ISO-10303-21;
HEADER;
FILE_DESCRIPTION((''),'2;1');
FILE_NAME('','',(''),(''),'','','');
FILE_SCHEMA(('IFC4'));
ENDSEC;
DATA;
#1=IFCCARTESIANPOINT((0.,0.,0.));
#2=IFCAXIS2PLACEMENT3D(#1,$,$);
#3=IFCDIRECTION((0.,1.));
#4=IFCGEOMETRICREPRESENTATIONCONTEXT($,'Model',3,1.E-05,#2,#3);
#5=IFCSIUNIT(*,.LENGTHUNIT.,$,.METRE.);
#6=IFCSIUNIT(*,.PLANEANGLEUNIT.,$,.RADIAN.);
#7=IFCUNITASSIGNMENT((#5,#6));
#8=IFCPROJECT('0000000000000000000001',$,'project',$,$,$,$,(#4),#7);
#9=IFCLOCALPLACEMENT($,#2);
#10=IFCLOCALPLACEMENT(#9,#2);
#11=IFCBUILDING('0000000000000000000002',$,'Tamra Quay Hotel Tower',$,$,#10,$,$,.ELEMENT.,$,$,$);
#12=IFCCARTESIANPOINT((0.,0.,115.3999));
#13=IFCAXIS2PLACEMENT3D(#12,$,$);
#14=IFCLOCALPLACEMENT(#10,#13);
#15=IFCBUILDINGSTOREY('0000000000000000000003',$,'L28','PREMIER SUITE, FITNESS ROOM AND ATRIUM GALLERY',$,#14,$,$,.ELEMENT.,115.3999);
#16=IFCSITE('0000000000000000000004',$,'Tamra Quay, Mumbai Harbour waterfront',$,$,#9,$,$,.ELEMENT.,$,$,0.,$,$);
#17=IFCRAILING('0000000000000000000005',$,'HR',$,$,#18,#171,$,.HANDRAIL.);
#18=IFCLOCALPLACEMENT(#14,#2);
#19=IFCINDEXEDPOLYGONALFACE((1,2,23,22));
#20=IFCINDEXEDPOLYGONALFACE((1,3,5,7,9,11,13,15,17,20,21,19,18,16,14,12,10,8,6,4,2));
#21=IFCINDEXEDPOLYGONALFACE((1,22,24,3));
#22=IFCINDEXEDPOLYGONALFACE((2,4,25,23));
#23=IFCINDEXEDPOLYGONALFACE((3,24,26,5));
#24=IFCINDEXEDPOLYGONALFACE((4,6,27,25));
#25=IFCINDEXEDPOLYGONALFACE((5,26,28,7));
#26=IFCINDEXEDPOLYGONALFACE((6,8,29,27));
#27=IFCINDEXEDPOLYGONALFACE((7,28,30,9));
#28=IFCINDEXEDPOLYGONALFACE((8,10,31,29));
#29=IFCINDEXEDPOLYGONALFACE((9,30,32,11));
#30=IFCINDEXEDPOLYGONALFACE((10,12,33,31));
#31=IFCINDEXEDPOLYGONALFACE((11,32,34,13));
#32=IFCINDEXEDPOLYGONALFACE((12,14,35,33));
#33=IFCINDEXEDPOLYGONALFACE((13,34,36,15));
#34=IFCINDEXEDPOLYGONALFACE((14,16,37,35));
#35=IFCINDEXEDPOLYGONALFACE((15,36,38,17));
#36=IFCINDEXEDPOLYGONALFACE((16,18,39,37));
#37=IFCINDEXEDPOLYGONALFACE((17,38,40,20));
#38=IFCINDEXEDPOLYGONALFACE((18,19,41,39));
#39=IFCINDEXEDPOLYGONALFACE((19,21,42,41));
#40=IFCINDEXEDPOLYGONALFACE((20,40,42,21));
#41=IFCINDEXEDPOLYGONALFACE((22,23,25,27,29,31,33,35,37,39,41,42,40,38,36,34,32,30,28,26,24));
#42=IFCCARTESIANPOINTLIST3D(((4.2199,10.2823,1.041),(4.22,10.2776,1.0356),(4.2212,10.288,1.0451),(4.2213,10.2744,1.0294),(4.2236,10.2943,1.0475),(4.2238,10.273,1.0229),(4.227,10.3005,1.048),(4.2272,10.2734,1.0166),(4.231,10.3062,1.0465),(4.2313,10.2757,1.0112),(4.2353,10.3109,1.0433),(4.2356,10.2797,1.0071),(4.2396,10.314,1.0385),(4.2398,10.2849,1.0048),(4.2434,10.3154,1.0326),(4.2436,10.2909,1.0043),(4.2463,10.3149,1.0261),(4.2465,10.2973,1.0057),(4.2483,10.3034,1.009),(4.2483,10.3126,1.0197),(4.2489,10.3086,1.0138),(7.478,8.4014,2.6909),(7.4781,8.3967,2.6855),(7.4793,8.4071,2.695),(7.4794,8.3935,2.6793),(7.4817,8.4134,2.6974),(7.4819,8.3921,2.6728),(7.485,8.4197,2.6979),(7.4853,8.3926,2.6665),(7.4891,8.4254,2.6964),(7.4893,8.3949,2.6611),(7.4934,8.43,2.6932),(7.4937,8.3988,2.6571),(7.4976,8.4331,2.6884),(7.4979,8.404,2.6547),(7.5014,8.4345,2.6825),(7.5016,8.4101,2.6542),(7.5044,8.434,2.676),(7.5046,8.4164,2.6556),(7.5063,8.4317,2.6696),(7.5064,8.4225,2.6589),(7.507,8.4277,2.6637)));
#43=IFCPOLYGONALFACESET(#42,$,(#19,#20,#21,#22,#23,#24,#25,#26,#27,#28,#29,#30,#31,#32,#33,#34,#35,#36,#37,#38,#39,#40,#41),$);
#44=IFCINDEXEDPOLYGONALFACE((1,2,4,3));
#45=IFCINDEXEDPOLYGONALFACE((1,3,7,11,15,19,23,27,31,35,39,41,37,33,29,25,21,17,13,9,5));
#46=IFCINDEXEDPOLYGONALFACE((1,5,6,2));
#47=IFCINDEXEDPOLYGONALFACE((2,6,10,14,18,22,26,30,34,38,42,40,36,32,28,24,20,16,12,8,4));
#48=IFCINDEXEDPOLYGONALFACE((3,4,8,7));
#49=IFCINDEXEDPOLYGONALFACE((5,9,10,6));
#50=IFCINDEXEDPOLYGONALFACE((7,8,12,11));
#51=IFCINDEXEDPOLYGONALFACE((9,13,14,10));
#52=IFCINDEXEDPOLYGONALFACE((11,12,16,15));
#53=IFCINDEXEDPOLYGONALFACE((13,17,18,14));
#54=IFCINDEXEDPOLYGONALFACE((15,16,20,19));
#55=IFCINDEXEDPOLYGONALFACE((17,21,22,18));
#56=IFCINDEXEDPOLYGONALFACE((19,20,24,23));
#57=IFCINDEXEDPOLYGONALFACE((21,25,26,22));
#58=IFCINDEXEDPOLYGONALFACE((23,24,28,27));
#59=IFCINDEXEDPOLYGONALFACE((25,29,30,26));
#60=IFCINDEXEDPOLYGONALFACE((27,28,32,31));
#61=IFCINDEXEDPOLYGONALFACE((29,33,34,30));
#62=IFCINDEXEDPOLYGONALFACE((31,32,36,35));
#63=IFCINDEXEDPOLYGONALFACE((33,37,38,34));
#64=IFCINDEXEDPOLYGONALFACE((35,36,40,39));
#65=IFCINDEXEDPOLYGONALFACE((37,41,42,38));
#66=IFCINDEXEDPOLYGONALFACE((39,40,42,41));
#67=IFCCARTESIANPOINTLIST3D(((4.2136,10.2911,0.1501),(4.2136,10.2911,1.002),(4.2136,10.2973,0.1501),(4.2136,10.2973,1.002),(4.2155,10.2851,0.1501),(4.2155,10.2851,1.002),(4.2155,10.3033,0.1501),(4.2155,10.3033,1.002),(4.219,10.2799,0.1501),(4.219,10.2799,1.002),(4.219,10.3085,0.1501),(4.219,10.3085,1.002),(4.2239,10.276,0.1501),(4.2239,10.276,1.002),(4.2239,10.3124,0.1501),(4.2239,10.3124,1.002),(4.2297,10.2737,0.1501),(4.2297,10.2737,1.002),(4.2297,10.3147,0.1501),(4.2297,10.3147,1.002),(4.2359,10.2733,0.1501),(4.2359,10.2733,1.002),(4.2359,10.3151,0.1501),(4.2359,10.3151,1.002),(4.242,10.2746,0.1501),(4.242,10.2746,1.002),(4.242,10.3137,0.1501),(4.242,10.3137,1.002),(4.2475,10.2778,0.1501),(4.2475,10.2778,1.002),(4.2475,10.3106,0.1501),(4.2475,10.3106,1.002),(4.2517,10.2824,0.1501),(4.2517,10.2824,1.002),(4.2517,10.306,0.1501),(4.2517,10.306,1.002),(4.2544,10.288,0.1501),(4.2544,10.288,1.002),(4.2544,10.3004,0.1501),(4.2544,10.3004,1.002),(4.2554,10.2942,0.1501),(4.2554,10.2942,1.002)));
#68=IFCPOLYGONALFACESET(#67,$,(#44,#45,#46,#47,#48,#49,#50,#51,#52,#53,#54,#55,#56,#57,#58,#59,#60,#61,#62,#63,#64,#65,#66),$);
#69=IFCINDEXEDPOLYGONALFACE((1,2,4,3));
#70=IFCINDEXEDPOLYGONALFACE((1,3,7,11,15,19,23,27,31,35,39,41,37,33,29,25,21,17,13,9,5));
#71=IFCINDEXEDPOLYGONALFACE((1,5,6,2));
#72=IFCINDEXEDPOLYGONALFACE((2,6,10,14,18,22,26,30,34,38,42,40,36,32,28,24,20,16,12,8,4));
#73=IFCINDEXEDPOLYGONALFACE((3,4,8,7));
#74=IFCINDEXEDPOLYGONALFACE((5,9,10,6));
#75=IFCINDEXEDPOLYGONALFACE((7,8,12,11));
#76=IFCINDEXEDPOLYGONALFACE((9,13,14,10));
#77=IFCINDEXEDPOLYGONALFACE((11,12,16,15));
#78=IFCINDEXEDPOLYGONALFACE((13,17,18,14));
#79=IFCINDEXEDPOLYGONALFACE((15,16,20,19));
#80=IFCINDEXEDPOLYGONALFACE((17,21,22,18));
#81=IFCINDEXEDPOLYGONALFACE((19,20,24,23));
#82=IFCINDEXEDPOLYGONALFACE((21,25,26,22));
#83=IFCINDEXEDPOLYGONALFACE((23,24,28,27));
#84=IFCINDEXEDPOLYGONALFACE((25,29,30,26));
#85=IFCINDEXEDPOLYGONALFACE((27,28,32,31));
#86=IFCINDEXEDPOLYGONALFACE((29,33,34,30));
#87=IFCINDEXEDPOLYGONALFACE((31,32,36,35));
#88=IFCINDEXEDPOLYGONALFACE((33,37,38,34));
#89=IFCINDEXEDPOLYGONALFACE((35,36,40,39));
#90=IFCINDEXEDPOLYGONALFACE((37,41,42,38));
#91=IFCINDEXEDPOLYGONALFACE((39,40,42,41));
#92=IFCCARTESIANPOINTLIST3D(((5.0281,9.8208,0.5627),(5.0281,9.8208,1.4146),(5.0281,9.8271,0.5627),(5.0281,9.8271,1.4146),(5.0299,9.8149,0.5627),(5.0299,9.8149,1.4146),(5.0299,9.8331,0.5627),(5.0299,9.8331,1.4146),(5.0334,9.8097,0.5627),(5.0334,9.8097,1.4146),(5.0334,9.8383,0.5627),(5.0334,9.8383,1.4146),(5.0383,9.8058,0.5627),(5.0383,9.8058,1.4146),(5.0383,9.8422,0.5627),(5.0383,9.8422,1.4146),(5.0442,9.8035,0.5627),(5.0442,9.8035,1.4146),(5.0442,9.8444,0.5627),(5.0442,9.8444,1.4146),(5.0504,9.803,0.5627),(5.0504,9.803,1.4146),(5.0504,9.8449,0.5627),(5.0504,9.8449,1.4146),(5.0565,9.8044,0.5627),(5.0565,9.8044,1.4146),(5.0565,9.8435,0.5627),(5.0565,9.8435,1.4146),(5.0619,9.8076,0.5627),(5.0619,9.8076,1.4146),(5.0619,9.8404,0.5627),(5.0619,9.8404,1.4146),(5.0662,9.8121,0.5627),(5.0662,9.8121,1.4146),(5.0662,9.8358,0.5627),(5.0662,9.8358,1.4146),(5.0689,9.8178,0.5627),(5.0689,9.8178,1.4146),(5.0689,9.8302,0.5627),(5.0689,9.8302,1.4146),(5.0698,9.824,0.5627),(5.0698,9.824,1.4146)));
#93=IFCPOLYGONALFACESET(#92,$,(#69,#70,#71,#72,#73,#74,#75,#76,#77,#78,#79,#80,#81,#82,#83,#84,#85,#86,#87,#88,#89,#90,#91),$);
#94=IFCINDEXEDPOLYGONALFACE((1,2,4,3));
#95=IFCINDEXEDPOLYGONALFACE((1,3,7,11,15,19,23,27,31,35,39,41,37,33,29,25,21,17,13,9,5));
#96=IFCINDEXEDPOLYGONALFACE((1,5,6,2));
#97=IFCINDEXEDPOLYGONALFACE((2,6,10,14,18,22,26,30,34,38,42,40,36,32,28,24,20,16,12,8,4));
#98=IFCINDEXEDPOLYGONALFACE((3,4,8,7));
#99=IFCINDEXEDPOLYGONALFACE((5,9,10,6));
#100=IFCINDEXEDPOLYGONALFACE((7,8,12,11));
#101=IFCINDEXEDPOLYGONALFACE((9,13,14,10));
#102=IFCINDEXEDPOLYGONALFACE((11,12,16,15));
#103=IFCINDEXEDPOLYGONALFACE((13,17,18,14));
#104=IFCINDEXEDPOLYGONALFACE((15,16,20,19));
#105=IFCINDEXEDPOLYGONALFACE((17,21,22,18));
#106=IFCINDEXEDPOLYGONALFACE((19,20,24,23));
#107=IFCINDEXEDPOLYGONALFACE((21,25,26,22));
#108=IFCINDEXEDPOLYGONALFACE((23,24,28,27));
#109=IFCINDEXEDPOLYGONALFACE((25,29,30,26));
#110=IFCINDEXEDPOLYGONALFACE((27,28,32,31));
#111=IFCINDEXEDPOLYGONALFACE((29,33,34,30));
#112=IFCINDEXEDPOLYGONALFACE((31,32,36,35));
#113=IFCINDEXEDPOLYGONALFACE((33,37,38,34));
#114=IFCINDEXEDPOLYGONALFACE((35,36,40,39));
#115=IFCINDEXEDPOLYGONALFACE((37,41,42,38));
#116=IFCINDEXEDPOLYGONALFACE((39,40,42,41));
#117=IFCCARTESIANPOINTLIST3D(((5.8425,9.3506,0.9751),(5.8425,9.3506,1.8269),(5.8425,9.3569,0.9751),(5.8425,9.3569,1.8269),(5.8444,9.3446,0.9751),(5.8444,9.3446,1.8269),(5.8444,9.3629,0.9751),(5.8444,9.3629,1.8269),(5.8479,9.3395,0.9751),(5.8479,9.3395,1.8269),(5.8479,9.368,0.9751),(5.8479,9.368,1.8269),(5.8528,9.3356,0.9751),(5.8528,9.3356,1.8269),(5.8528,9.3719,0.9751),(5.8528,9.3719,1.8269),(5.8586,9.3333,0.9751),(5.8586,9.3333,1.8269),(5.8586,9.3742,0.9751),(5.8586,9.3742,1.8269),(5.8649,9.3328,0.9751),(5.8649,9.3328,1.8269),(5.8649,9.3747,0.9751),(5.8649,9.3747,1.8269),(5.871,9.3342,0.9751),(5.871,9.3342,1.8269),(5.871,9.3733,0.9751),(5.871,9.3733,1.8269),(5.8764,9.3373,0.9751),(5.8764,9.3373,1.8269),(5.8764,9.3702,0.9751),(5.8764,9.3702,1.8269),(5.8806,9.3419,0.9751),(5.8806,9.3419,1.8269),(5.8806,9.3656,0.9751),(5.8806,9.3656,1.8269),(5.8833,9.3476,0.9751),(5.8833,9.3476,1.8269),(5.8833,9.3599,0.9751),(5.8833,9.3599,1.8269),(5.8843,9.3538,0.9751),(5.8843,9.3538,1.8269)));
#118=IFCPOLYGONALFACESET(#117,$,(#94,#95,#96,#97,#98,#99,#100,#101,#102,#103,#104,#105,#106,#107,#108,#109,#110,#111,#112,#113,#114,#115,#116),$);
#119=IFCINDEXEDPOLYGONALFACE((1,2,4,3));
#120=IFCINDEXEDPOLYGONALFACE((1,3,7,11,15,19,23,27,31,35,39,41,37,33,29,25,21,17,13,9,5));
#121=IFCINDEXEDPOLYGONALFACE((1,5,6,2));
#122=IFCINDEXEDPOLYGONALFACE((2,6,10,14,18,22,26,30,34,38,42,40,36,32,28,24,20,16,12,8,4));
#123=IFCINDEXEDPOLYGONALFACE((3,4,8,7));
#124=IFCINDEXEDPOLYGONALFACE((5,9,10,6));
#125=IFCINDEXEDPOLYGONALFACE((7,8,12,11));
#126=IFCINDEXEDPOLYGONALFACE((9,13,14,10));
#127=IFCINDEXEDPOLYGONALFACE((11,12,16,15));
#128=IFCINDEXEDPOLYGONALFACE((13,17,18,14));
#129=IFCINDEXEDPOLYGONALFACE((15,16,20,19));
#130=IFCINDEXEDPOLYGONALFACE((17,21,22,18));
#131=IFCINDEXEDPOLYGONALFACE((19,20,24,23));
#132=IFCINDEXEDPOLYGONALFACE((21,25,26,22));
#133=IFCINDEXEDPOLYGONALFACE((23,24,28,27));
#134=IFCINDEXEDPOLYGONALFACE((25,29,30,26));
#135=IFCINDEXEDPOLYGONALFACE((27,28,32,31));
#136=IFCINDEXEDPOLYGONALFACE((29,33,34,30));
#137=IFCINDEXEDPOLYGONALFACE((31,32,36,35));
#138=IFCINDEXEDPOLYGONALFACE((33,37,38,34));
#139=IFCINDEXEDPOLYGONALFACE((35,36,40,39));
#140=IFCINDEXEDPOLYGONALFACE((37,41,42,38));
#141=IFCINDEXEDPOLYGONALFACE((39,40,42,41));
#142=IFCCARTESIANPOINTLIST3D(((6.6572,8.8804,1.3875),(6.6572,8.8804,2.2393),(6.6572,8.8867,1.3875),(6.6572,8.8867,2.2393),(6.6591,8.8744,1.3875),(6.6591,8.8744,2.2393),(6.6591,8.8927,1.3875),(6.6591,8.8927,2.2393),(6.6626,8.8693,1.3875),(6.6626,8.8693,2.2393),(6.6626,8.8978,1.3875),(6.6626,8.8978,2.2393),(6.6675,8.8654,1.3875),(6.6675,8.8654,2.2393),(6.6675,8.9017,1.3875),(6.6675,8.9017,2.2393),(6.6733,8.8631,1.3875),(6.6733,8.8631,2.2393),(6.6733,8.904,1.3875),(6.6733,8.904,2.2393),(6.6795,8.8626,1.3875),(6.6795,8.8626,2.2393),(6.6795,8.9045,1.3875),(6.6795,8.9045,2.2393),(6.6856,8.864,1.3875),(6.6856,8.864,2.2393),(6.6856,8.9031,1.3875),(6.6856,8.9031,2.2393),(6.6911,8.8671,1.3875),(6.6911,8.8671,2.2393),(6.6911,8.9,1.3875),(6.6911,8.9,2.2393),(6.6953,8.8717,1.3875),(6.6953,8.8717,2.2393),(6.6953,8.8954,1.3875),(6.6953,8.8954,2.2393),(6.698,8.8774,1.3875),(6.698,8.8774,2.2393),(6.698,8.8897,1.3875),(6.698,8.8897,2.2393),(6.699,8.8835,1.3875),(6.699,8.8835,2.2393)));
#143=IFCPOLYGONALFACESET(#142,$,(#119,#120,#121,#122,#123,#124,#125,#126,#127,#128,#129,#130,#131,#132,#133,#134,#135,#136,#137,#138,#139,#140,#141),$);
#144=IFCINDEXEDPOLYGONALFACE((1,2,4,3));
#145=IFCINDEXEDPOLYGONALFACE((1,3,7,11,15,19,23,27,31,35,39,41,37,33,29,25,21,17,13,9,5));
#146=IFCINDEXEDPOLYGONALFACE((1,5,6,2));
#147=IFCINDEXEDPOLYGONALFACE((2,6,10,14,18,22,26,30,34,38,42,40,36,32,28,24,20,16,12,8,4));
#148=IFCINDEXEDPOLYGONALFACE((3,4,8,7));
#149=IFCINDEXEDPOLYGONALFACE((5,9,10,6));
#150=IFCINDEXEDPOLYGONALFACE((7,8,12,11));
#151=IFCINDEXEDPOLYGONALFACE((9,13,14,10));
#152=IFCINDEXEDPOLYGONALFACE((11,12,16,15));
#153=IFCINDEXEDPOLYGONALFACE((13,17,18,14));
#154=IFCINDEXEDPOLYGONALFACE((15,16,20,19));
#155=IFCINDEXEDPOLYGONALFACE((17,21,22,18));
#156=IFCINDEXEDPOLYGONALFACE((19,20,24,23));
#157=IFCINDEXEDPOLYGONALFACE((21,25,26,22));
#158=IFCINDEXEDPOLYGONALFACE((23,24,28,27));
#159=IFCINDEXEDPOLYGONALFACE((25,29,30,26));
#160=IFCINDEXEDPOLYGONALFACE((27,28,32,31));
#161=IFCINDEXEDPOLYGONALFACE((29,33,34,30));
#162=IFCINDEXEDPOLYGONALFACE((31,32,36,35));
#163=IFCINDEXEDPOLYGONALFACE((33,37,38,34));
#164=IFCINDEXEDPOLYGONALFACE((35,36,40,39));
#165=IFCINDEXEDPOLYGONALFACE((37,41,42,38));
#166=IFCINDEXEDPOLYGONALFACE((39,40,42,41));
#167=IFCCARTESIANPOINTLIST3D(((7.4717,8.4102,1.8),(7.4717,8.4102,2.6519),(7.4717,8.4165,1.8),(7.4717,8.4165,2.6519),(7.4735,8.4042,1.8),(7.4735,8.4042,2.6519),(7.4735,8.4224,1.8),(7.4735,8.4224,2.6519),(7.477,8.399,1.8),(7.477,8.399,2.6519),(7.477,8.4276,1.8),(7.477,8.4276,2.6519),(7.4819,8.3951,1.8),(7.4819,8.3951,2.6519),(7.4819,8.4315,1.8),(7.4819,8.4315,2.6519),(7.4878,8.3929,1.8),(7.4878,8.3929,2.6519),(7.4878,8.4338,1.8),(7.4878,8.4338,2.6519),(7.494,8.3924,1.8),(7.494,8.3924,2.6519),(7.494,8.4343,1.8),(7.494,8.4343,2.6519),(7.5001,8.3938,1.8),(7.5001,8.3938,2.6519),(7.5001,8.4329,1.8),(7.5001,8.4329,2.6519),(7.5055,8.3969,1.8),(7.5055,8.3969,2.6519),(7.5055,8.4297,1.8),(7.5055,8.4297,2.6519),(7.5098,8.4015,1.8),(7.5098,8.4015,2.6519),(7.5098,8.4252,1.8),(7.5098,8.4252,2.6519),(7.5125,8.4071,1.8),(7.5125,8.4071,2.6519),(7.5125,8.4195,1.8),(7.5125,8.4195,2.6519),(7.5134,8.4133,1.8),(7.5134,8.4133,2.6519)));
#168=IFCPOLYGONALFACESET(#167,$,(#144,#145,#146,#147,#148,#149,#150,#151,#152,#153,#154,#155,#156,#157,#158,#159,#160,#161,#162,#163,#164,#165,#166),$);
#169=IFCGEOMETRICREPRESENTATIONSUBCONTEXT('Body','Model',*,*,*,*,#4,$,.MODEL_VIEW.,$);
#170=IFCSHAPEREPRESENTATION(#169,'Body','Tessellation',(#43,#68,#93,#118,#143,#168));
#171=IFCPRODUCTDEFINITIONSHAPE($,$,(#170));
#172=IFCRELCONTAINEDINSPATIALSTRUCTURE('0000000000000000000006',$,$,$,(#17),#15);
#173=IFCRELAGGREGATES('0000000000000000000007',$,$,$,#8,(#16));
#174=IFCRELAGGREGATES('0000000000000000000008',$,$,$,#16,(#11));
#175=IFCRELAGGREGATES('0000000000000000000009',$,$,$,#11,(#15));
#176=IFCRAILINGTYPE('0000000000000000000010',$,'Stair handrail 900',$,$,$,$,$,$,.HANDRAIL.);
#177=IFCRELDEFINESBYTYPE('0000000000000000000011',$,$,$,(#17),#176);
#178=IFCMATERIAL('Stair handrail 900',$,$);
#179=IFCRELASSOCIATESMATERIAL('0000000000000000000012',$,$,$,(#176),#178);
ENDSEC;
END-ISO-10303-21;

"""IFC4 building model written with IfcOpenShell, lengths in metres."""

from ifc_helpers import new_model, si_unit, direction, frame, origin, origin_2d, place, context, subcontext, project, spatial, circle, extrude, material, type_object, element, save


model = new_model("IFC4")

# Units and contexts
model_context = context("Model", 3, precision=1e-05, world=origin(), true_north=direction((0.0, 1.0)))
body_context = subcontext(model_context, "Body", "Model", "MODEL_VIEW")
ifc_project = project(units=[si_unit("LENGTHUNIT", "METRE"), si_unit("PLANEANGLEUNIT", "RADIAN")], contexts=[model_context])

# Site, building, storey
site_placement = place(None, origin())
site = spatial("IfcSite", under=ifc_project, at=site_placement, Name="Tamra Quay, Mumbai Harbour waterfront", CompositionType="ELEMENT", RefElevation=0.0)
building_placement = place(site_placement, origin())
building = spatial("IfcBuilding", under=site, at=building_placement, Name="Tamra Quay Hotel Tower", CompositionType="ELEMENT")
storey_placement = place(building_placement, frame((0.0, 0.0, 115.3999)))
storey = spatial("IfcBuildingStorey", under=building, at=storey_placement, Name="L28", Description="PREMIER SUITE, FITNESS ROOM AND ATRIUM GALLERY", CompositionType="ELEMENT", Elevation=115.3999)

# Railing
ifc_material_1 = material(Name="Stair handrail 900")
railing_type = type_object("IfcRailingType", Name="Stair handrail 900", PredefinedType="HANDRAIL", material=ifc_material_1)
railing_1_placement = place(storey_placement, frame((4.2344, 10.2942, 0.1501)))
element("IfcRailing", 1, at=railing_1_placement, inside=storey, type_object=railing_type, Name="HR", PredefinedType="HANDRAIL", context=body_context, shape_type="SweptSolid", body=[
    extrude(circle(Radius=0.0239, at=origin_2d()), frame((0.0, 0.0, 0.876), z_axis=(0.793122, -0.457865, 0.401642), x_axis=(0.499964, 0.866046, 0.0)), (0.0, 0.0, 1.0), 4.1079),
    extrude(circle(Radius=0.021, at=origin_2d()), origin(), (0.0, 0.0, 1.0), 0.8518),
    extrude(circle(Radius=0.021, at=origin_2d()), frame((0.8145, -0.4702, 0.4126)), (0.0, 0.0, 1.0), 0.8518),
    extrude(circle(Radius=0.021, at=origin_2d()), frame((1.6289, -0.9404, 0.825)), (0.0, 0.0, 1.0), 0.8518),
    extrude(circle(Radius=0.021, at=origin_2d()), frame((2.4436, -1.4106, 1.2373)), (0.0, 0.0, 1.0), 0.8518),
    extrude(circle(Radius=0.021, at=origin_2d()), frame((3.2581, -1.8809, 1.6499)), (0.0, 0.0, 1.0), 0.8518),
])

save(model, "model.ifc")
